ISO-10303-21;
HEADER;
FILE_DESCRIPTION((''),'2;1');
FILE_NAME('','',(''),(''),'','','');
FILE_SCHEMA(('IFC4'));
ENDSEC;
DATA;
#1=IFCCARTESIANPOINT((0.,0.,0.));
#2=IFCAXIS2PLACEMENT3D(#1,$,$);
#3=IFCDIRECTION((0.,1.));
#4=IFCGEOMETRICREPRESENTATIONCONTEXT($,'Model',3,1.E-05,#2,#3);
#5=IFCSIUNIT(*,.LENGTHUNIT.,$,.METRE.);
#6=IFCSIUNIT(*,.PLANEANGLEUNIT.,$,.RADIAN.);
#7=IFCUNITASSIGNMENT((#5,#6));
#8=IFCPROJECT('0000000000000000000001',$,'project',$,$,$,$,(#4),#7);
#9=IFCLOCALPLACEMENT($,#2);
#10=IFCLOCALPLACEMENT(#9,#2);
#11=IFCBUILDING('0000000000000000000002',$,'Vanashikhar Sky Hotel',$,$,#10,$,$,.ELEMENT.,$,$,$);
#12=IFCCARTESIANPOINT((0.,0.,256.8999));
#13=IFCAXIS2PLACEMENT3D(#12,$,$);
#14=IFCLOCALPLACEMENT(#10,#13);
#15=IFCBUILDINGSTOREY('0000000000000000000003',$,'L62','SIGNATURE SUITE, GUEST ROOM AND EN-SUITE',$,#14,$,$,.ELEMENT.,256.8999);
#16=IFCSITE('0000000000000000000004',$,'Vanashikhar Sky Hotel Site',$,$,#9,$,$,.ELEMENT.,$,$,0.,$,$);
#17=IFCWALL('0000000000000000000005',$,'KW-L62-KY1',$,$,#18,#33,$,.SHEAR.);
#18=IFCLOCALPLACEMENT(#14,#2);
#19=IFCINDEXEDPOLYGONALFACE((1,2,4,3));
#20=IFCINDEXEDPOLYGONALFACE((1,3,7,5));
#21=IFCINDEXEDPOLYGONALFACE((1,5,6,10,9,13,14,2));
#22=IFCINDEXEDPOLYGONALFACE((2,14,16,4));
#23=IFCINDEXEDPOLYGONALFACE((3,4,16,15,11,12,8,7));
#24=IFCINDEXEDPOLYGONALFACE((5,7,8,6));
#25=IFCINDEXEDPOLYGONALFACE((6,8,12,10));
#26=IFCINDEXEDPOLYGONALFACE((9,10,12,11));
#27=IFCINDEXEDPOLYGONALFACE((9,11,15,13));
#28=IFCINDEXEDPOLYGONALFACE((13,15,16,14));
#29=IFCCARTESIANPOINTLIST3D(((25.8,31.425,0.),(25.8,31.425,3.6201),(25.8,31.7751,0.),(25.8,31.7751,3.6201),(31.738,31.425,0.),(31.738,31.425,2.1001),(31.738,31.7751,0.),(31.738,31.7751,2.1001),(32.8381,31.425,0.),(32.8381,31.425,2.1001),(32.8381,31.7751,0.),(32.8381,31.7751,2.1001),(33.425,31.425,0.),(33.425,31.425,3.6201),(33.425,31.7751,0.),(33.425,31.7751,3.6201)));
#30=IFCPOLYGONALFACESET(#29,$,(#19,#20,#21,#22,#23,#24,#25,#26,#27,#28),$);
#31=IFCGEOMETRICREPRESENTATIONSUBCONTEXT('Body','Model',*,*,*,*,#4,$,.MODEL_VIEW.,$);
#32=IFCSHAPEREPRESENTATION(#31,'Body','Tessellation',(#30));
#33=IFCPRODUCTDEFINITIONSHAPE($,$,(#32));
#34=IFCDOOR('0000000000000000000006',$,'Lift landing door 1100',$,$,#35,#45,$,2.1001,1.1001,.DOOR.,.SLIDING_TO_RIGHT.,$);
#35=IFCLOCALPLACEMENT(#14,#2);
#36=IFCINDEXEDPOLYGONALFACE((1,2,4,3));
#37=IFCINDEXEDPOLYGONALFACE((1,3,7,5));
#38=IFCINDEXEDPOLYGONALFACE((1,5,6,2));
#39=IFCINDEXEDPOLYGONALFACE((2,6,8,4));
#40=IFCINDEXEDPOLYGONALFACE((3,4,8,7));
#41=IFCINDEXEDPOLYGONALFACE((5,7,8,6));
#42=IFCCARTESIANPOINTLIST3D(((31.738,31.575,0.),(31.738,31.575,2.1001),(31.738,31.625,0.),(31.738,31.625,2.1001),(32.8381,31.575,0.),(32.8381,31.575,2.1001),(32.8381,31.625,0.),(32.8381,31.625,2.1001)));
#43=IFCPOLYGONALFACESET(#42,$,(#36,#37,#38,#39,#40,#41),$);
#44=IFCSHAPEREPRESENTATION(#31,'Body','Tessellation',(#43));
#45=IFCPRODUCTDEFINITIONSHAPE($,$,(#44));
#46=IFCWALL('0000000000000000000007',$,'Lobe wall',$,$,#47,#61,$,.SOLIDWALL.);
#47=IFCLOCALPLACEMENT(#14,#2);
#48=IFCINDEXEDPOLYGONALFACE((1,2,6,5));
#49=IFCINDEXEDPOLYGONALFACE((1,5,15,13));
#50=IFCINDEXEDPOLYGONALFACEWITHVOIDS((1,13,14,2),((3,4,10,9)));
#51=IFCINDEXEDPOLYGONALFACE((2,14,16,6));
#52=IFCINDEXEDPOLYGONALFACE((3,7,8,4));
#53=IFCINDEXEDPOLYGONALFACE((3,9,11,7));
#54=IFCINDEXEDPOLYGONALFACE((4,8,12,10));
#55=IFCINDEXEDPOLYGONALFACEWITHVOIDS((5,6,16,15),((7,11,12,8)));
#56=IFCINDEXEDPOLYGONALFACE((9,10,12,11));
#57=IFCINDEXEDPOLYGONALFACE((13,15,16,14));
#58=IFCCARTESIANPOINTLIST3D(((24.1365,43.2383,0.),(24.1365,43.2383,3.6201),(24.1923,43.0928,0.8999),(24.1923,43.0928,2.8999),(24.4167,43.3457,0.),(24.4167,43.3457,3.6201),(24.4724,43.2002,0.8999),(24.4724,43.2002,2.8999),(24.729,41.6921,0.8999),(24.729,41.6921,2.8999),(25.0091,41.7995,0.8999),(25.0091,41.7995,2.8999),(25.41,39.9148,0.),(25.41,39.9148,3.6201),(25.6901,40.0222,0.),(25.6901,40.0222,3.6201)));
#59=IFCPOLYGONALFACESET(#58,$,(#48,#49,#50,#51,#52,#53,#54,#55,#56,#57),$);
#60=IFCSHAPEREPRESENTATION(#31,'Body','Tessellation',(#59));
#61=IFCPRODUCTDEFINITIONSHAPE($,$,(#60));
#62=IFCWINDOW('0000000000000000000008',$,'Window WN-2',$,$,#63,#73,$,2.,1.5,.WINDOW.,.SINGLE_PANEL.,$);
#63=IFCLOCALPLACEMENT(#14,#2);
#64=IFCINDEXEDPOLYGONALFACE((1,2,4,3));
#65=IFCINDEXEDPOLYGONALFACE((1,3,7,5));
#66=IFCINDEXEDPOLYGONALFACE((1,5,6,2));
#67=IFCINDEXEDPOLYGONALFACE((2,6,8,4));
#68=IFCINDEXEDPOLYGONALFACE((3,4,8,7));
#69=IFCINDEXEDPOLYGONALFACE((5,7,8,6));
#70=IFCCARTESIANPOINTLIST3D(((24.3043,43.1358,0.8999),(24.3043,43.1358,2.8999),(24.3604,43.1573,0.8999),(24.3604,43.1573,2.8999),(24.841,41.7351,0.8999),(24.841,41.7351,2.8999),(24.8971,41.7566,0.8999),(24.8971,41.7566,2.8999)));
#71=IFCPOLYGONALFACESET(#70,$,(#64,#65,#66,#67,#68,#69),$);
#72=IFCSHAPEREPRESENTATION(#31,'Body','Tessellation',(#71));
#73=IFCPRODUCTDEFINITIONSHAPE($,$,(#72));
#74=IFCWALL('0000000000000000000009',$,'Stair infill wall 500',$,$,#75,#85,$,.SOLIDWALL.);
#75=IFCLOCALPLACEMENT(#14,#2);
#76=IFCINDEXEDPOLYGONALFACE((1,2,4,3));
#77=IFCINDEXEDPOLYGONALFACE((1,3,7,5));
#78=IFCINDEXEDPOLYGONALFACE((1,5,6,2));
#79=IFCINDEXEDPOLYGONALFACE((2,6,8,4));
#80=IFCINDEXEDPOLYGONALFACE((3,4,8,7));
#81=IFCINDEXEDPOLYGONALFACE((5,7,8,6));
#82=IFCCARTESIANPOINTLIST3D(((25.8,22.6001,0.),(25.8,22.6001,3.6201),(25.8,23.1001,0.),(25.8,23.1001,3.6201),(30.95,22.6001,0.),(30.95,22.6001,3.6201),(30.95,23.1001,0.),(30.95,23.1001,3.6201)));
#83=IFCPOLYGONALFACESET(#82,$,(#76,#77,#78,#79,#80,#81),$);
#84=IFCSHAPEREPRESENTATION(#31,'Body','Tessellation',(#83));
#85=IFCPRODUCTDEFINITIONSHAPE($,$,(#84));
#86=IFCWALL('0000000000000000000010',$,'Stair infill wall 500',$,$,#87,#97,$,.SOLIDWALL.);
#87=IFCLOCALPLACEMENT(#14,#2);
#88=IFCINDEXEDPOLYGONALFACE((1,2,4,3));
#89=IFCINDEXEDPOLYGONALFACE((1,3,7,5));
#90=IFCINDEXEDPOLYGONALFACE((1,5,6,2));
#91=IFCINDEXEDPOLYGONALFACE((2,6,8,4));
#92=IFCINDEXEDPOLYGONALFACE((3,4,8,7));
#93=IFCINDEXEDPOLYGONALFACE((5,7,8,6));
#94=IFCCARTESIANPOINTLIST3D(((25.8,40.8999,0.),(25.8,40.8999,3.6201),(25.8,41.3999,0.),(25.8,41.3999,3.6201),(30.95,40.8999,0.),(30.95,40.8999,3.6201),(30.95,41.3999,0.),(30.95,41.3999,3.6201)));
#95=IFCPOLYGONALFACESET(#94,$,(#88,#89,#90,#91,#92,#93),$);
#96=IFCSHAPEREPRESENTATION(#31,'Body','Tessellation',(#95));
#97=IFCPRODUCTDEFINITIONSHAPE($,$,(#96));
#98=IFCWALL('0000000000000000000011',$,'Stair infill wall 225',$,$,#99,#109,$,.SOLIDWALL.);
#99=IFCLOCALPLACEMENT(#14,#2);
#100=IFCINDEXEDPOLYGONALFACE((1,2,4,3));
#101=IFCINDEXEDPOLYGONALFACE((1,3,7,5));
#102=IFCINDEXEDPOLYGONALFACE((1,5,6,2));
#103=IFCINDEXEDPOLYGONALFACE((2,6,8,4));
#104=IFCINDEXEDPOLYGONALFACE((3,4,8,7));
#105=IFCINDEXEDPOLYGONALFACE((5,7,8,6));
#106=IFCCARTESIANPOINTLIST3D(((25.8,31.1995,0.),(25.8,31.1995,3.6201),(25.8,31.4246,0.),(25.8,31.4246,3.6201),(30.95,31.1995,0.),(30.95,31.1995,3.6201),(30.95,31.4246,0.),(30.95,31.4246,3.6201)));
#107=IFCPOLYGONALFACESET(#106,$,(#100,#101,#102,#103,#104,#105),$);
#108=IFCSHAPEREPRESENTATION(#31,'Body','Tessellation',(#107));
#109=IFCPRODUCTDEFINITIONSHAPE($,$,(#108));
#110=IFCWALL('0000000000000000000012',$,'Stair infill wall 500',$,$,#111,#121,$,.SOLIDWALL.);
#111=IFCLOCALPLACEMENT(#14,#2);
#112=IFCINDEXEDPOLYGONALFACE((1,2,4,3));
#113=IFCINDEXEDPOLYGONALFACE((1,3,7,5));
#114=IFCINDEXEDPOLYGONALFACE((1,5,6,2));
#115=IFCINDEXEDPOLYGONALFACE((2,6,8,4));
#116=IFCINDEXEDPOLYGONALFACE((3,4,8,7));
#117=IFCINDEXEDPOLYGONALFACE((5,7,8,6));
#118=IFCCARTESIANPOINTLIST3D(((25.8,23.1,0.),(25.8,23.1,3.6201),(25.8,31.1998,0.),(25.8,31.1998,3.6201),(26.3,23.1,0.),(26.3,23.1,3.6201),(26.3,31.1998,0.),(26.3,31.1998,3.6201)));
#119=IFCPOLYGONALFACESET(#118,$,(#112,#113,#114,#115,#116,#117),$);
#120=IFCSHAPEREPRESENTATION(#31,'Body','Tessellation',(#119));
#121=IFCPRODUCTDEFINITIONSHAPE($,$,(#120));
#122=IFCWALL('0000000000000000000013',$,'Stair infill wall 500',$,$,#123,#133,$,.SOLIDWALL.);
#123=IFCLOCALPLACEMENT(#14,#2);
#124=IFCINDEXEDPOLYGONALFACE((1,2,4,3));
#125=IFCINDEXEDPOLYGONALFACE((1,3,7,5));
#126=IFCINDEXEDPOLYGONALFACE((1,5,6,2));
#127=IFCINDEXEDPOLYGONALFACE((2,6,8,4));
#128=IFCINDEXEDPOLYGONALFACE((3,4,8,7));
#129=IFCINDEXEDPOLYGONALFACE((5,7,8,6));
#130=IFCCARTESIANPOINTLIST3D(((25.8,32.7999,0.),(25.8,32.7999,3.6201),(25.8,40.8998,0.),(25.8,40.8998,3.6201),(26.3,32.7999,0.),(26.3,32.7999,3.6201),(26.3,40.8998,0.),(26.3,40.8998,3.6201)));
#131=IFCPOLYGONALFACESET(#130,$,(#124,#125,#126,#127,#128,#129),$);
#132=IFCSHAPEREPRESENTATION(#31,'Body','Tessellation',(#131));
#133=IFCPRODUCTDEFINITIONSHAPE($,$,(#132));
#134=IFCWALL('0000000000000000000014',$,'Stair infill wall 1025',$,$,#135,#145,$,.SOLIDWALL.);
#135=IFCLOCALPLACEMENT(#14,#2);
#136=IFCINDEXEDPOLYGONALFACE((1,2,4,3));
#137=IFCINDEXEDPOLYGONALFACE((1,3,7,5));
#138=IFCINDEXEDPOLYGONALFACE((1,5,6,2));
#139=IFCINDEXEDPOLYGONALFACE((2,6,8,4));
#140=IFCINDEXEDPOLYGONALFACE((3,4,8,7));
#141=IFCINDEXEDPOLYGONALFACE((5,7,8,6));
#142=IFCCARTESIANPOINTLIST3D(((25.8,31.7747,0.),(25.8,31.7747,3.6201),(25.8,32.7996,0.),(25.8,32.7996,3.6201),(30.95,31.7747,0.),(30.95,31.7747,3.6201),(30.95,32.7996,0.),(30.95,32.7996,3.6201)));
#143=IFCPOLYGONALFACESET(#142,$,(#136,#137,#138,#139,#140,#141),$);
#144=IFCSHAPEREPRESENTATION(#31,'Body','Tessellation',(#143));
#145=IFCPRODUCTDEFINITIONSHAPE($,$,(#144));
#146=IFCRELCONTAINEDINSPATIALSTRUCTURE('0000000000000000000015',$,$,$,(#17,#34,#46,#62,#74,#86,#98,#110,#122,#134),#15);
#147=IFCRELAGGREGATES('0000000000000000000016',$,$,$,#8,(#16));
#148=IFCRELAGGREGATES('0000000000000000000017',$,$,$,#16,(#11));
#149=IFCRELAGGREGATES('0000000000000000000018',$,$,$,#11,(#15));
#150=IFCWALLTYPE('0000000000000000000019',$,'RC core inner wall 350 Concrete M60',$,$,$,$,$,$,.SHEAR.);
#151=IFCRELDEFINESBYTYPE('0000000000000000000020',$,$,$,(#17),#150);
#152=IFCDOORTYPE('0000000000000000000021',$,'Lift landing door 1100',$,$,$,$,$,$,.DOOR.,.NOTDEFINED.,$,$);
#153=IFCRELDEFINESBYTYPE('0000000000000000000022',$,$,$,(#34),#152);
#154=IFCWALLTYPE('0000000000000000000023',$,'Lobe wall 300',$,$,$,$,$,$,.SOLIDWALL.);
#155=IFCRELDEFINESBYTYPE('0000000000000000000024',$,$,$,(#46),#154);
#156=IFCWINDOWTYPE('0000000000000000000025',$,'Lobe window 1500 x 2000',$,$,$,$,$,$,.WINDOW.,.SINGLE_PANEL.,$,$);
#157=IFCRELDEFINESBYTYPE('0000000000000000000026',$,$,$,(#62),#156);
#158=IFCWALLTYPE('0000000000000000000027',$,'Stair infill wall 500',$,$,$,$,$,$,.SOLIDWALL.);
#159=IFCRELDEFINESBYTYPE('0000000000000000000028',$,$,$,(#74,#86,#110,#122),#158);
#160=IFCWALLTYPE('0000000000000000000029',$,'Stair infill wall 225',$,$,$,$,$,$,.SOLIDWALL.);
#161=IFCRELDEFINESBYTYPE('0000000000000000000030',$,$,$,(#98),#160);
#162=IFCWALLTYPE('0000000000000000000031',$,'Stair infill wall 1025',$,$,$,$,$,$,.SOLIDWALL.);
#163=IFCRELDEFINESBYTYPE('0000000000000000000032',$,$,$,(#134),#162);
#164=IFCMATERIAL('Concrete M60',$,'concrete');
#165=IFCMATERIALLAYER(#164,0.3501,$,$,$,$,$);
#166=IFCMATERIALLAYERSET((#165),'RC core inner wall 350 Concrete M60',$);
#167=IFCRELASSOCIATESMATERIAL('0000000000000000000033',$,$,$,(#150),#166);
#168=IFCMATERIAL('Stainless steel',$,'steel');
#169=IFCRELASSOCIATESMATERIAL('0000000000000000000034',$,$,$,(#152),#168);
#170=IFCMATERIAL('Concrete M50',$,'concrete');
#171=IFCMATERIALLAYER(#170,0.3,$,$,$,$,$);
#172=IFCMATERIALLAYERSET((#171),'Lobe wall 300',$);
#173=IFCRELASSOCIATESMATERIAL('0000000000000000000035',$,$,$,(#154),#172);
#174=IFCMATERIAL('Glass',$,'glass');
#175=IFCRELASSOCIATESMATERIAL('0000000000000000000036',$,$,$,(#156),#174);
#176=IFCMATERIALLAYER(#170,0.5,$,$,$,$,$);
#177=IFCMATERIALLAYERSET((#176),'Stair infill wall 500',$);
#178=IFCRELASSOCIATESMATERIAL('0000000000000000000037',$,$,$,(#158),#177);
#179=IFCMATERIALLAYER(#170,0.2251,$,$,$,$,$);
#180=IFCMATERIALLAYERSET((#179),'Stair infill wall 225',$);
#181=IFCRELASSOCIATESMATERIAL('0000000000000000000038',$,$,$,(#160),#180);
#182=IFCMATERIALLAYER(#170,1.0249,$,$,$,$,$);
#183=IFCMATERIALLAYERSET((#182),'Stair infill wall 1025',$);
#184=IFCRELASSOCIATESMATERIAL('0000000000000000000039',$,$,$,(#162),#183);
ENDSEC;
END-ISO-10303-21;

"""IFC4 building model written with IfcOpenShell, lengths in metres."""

from ifc_helpers import new_model, si_unit, direction, frame, frame_2d, origin, place, context, subcontext, project, spatial, rectangle, extrude, source, transform, mapped, material, layer, layer_set, type_object, element, fill, save


model = new_model("IFC4")

# Units and contexts
model_context = context("Model", 3, precision=1e-05, world=origin(), true_north=direction((0.0, 1.0)))
body_context = subcontext(model_context, "Body", "Model", "MODEL_VIEW")
ifc_project = project(units=[si_unit("LENGTHUNIT", "METRE"), si_unit("PLANEANGLEUNIT", "RADIAN")], contexts=[model_context])

# Site, building, storey
site_placement = place(None, origin())
site = spatial("IfcSite", under=ifc_project, at=site_placement, Name="Vanashikhar Sky Hotel Site", CompositionType="ELEMENT", RefElevation=0.0)
building_placement = place(site_placement, origin())
building = spatial("IfcBuilding", under=site, at=building_placement, Name="Vanashikhar Sky Hotel", CompositionType="ELEMENT")
storey_placement = place(building_placement, frame((0.0, 0.0, 256.8999)))
storey = spatial("IfcBuildingStorey", under=building, at=storey_placement, Name="L62", Description="SIGNATURE SUITE, GUEST ROOM AND EN-SUITE", CompositionType="ELEMENT", Elevation=256.8999)

# Wall, opening, door
ifc_material_1 = material(Name="Concrete M60", Category="concrete")
ifc_layer_1 = layer(ifc_material_1, 0.3501)
ifc_layer_set_1 = layer_set([ifc_layer_1], Name="RC core inner wall 350 Concrete M60")
wall_type_1 = type_object("IfcWallType", Name="RC core inner wall 350 Concrete M60", PredefinedType="SHEAR", material=ifc_layer_set_1)
shared_shape_1 = source(origin(), body_context, "Body", "SweptSolid", [
    extrude(rectangle(XDim=7.625, YDim=0.3501, at=frame_2d((3.8125, 0.0))), origin(), (0.0, 0.0, 1.0), 3.6201),
])
wall_1_placement = place(storey_placement, frame((25.8, 31.6001, 0.0), z_axis=(0.0, 0.0, 1.0), x_axis=(1.0, 0.0, 0.0)))
wall_1 = element("IfcWall", 1, at=wall_1_placement, inside=storey, type_object=wall_type_1, Name="KW-L62-KY1", PredefinedType="SHEAR", context=body_context, shape_type="MappedRepresentation", body=[
    mapped(shared_shape_1, transform((0.0, 0.0, 0.0), scale=1.0)),
])
shared_shape_2 = source(origin(), body_context, "Body", "SweptSolid", [
    extrude(rectangle(XDim=1.1001, YDim=2.1001, at=frame_2d((0.55, 1.05))), frame((0.0, 0.1851, 0.0), z_axis=(0.0, -1.0, 0.0), x_axis=(1.0, 0.0, 0.0)), (0.0, 0.0, 1.0), 0.3701),
])
opening_1_placement = place(wall_1_placement, frame((5.938, 0.0, 0.0)))
opening_1 = element("IfcOpeningElement", 2, at=opening_1_placement, cuts=wall_1, PredefinedType="OPENING", context=body_context, shape_type="MappedRepresentation", body=[
    mapped(shared_shape_2, transform((0.0, 0.0, 0.0), scale=1.0)),
])
ifc_material_2 = material(Name="Stainless steel", Category="steel")
door_type = type_object("IfcDoorType", Name="Lift landing door 1100", OperationType="NOTDEFINED", PredefinedType="DOOR", material=ifc_material_2)
shared_shape_3 = source(origin(), body_context, "Body", "SweptSolid", [
    extrude(rectangle(XDim=1.1001, YDim=2.1001, at=frame_2d((0.55, 1.05))), frame((0.0, 0.0249, 0.0), z_axis=(0.0, -1.0, 0.0), x_axis=(1.0, 0.0, 0.0)), (0.0, 0.0, 1.0), 0.05),
])
door_placement = place(opening_1_placement, origin())
door = element("IfcDoor", 3, at=door_placement, inside=storey, type_object=door_type, Name="Lift landing door 1100", OperationType="SLIDING_TO_RIGHT", OverallHeight=2.1001, OverallWidth=1.1001, PredefinedType="DOOR", context=body_context, shape_type="MappedRepresentation", body=[
    mapped(shared_shape_3, transform((0.0, 0.0, 0.0), scale=1.0)),
])
fill(opening_1, door)

# Wall, opening, window
ifc_material_3 = material(Name="Concrete M50", Category="concrete")
ifc_layer_2 = layer(ifc_material_3, 0.3)
ifc_layer_set_2 = layer_set([ifc_layer_2], Name="Lobe wall 300")
wall_type_2 = type_object("IfcWallType", Name="Lobe wall 300", PredefinedType="SOLIDWALL", material=ifc_layer_set_2)
shared_shape_4 = source(origin(), body_context, "Body", "SweptSolid", [
    extrude(rectangle(XDim=3.5591, YDim=0.3, at=frame_2d((1.7795, 0.0))), origin(), (0.0, 0.0, 1.0), 3.6201),
])
wall_2_placement = place(storey_placement, frame((25.55, 39.9685, 0.0), z_axis=(0.0, 0.0, 1.0), x_axis=(-0.357797, 0.933799, 0.0)))
wall_2 = element("IfcWall", 4, at=wall_2_placement, inside=storey, type_object=wall_type_2, Name="Lobe wall", PredefinedType="SOLIDWALL", context=body_context, shape_type="MappedRepresentation", body=[
    mapped(shared_shape_4, transform((0.0, 0.0, 0.0), scale=1.0)),
])
shared_shape_5 = source(origin(), body_context, "Body", "SweptSolid", [
    extrude(rectangle(XDim=1.5, YDim=2.0, at=frame_2d((0.75, 1.0))), frame((0.0, 0.1602, 0.0), z_axis=(0.0, -1.0, 0.0), x_axis=(1.0, 0.0, 0.0)), (0.0, 0.0, 1.0), 0.3201),
])
opening_2_placement = place(wall_2_placement, frame((1.9033, 0.0, 0.8999)))
opening_2 = element("IfcOpeningElement", 5, at=opening_2_placement, cuts=wall_2, PredefinedType="OPENING", context=body_context, shape_type="MappedRepresentation", body=[
    mapped(shared_shape_5, transform((0.0, 0.0, 0.0), scale=1.0)),
])
ifc_material_4 = material(Name="Glass", Category="glass")
window_type = type_object("IfcWindowType", Name="Lobe window 1500 x 2000", PartitioningType="SINGLE_PANEL", PredefinedType="WINDOW", material=ifc_material_4)
shared_shape_6 = source(origin(), body_context, "Body", "SweptSolid", [
    extrude(rectangle(XDim=1.5, YDim=2.0, at=frame_2d((0.75, 1.0))), frame((0.0, 0.03, 0.0), z_axis=(0.0, -1.0, 0.0), x_axis=(1.0, 0.0, 0.0)), (0.0, 0.0, 1.0), 0.0601),
])
window_placement = place(opening_2_placement, origin())
window = element("IfcWindow", 6, at=window_placement, inside=storey, type_object=window_type, Name="Window WN-2", OverallHeight=2.0, OverallWidth=1.5, PartitioningType="SINGLE_PANEL", PredefinedType="WINDOW", context=body_context, shape_type="MappedRepresentation", body=[
    mapped(shared_shape_6, transform((0.0, 0.0, 0.0), scale=1.0)),
])
fill(opening_2, window)

# Walls
ifc_layer_3 = layer(ifc_material_3, 0.5)
ifc_layer_set_3 = layer_set([ifc_layer_3], Name="Stair infill wall 500")
wall_type_3 = type_object("IfcWallType", Name="Stair infill wall 500", PredefinedType="SOLIDWALL", material=ifc_layer_set_3)
shared_shape_7 = source(origin(), body_context, "Body", "SweptSolid", [
    extrude(rectangle(XDim=5.1499, YDim=0.5, at=frame_2d((2.575, 0.0))), origin(), (0.0, 0.0, 1.0), 3.6201),
])
for number, where, z_axis, x_axis, name in (
    (7, (25.8, 22.8501, 0.0), (0.0, 0.0, 1.0), (1.0, 0.0, 0.0), "Stair infill wall 500"),
    (8, (25.8, 41.1499, 0.0), (0.0, 0.0, 1.0), (1.0, 0.0, 0.0), "Stair infill wall 500"),
):
    element("IfcWall", number, at=place(storey_placement, frame(where, z_axis=z_axis, x_axis=x_axis)), inside=storey, type_object=wall_type_3, Name=name, PredefinedType="SOLIDWALL", context=body_context, shape_type="MappedRepresentation", body=[
        mapped(shared_shape_7, transform((0.0, 0.0, 0.0), scale=1.0)),
    ])
ifc_layer_4 = layer(ifc_material_3, 0.2251)
ifc_layer_set_4 = layer_set([ifc_layer_4], Name="Stair infill wall 225")
wall_type_4 = type_object("IfcWallType", Name="Stair infill wall 225", PredefinedType="SOLIDWALL", material=ifc_layer_set_4)
shared_shape_8 = source(origin(), body_context, "Body", "SweptSolid", [
    extrude(rectangle(XDim=5.1499, YDim=0.2251, at=frame_2d((2.575, 0.0))), origin(), (0.0, 0.0, 1.0), 3.6201),
])
wall_3_placement = place(storey_placement, frame((25.8, 31.312, 0.0), z_axis=(0.0, 0.0, 1.0), x_axis=(1.0, 0.0, 0.0)))
element("IfcWall", 9, at=wall_3_placement, inside=storey, type_object=wall_type_4, Name="Stair infill wall 225", PredefinedType="SOLIDWALL", context=body_context, shape_type="MappedRepresentation", body=[
    mapped(shared_shape_8, transform((0.0, 0.0, 0.0), scale=1.0)),
])
shared_shape_9 = source(origin(), body_context, "Body", "SweptSolid", [
    extrude(rectangle(XDim=8.0999, YDim=0.5, at=frame_2d((4.0498, 0.0))), origin(), (0.0, 0.0, 1.0), 3.6201),
])
for number, where, z_axis, x_axis, name in (
    (10, (26.05, 23.1001, 0.0), (0.0, 0.0, 1.0), (0.0, 1.0, 0.0), "Stair infill wall 500"),
    (11, (26.05, 32.8, 0.0), (0.0, 0.0, 1.0), (0.0, 1.0, 0.0), "Stair infill wall 500"),
):
    element("IfcWall", number, at=place(storey_placement, frame(where, z_axis=z_axis, x_axis=x_axis)), inside=storey, type_object=wall_type_3, Name=name, PredefinedType="SOLIDWALL", context=body_context, shape_type="MappedRepresentation", body=[
        mapped(shared_shape_9, transform((0.0, 0.0, 0.0), scale=1.0)),
    ])
ifc_layer_5 = layer(ifc_material_3, 1.0249)
ifc_layer_set_5 = layer_set([ifc_layer_5], Name="Stair infill wall 1025")
wall_type_5 = type_object("IfcWallType", Name="Stair infill wall 1025", PredefinedType="SOLIDWALL", material=ifc_layer_set_5)
shared_shape_10 = source(origin(), body_context, "Body", "SweptSolid", [
    extrude(rectangle(XDim=5.1499, YDim=1.0249, at=frame_2d((2.575, 0.0))), origin(), (0.0, 0.0, 1.0), 3.6201),
])
wall_4_placement = place(storey_placement, frame((25.8, 32.2871, 0.0), z_axis=(0.0, 0.0, 1.0), x_axis=(1.0, 0.0, 0.0)))
element("IfcWall", 12, at=wall_4_placement, inside=storey, type_object=wall_type_5, Name="Stair infill wall 1025", PredefinedType="SOLIDWALL", context=body_context, shape_type="MappedRepresentation", body=[
    mapped(shared_shape_10, transform((0.0, 0.0, 0.0), scale=1.0)),
])

save(model, "model.ifc")
